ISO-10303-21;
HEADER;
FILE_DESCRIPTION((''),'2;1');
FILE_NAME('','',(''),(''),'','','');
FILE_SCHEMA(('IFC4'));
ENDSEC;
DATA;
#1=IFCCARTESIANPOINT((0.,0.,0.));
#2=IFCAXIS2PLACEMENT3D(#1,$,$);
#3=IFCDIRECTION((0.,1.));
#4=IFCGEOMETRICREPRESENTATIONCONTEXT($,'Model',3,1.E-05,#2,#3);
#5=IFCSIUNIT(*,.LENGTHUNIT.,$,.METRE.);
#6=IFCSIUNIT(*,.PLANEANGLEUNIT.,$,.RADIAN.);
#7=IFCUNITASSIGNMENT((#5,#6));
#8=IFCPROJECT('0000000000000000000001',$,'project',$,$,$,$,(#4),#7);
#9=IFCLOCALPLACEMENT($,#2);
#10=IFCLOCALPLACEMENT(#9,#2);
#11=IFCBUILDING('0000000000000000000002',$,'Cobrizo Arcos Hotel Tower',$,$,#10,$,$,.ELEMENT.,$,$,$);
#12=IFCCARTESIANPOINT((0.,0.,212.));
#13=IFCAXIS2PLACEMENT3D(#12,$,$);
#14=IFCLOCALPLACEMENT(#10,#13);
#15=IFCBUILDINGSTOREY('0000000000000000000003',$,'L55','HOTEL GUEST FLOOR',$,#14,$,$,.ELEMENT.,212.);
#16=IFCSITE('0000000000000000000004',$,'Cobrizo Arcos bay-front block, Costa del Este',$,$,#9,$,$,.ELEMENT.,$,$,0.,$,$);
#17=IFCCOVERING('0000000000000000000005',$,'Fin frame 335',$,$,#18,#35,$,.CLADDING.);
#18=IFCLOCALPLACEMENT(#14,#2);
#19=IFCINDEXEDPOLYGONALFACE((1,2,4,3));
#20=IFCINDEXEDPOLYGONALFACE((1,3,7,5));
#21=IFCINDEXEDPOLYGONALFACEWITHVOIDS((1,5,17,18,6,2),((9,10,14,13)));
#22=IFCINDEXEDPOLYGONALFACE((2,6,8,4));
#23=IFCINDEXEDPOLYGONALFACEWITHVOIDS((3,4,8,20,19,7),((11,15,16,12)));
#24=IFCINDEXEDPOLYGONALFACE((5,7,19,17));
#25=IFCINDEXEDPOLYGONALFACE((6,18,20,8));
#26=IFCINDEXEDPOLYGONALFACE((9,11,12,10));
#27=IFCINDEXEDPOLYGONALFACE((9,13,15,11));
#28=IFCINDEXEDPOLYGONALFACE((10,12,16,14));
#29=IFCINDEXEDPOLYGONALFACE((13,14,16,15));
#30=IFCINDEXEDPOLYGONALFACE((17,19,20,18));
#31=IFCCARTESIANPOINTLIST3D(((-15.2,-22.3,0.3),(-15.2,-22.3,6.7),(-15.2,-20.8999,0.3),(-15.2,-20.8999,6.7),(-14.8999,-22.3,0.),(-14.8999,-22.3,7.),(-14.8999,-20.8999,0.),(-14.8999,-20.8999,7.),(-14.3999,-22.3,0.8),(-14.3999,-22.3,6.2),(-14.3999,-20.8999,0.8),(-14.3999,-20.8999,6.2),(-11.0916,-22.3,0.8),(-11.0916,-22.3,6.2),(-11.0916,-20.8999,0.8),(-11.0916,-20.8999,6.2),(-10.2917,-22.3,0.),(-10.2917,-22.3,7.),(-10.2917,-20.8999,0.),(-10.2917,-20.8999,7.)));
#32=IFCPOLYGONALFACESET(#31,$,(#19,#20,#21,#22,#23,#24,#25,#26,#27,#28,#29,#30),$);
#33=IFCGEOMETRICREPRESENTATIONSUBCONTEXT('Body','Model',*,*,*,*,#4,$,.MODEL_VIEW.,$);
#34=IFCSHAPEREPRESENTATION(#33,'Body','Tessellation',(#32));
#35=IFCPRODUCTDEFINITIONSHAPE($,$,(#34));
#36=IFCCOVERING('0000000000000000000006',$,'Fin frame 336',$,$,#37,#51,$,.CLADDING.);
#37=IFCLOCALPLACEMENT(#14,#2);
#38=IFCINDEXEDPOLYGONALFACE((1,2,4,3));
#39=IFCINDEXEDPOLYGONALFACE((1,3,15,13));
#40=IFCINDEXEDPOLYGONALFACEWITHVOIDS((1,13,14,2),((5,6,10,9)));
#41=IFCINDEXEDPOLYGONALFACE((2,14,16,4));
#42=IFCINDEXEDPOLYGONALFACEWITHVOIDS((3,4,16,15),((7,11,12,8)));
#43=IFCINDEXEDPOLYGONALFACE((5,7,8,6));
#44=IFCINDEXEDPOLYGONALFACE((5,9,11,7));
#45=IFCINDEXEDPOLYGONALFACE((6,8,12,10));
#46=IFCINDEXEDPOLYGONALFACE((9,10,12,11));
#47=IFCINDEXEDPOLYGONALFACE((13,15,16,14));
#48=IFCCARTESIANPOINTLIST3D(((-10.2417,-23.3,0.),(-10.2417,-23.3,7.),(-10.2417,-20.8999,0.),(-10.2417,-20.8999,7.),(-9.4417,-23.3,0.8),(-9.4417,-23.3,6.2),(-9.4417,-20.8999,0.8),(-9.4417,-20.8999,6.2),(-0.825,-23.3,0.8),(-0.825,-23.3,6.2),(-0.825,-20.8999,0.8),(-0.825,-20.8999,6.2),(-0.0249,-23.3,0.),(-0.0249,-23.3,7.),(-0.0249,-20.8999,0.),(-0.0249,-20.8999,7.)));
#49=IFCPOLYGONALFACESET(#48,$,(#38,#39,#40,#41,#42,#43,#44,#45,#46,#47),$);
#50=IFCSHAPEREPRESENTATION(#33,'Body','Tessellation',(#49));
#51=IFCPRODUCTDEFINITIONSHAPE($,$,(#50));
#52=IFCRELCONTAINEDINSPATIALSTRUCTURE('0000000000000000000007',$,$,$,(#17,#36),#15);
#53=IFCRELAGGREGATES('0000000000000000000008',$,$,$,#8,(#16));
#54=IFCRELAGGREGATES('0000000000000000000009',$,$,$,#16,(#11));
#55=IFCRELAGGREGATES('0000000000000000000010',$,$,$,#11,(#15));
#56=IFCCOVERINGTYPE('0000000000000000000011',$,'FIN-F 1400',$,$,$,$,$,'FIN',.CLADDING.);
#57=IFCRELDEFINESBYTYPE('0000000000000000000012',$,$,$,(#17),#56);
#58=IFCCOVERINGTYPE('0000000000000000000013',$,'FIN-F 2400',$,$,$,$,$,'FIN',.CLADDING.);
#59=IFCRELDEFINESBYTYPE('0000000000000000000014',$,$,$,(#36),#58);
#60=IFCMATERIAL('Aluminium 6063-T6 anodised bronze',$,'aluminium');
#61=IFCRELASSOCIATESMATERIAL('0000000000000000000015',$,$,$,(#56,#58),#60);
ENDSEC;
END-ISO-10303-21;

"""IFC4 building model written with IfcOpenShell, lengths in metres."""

from ifc_helpers import new_model, si_unit, direction, frame, origin, place, context, subcontext, project, spatial, polyline, outline, extrude, material, type_object, element, save


model = new_model("IFC4")

# Units and contexts
model_context = context("Model", 3, precision=1e-05, world=origin(), true_north=direction((0.0, 1.0)))
body_context = subcontext(model_context, "Body", "Model", "MODEL_VIEW")
ifc_project = project(units=[si_unit("LENGTHUNIT", "METRE"), si_unit("PLANEANGLEUNIT", "RADIAN")], contexts=[model_context])

# Site, building, storey
site_placement = place(None, origin())
site = spatial("IfcSite", under=ifc_project, at=site_placement, Name="Cobrizo Arcos bay-front block, Costa del Este", CompositionType="ELEMENT", RefElevation=0.0)
building_placement = place(site_placement, origin())
building = spatial("IfcBuilding", under=site, at=building_placement, Name="Cobrizo Arcos Hotel Tower", CompositionType="ELEMENT")
storey_placement = place(building_placement, frame((0.0, 0.0, 212.0)))
storey = spatial("IfcBuildingStorey", under=building, at=storey_placement, Name="L55", Description="HOTEL GUEST FLOOR", CompositionType="ELEMENT", Elevation=212.0)

# Shared definitions
ifc_material_1 = material(Name="Aluminium 6063-T6 anodised bronze", Category="aluminium")

# Coverings
covering_type_1 = type_object("IfcCoveringType", Name="FIN-F 1400", ElementType="FIN", PredefinedType="CLADDING", material=ifc_material_1)
covering_1_placement = place(storey_placement, frame((-15.2, -20.8999, 0.0), z_axis=(0.0, -1.0, 0.0), x_axis=(1.0, 0.0, 0.0)))
element("IfcCovering", 1, at=covering_1_placement, inside=storey, type_object=covering_type_1, Name="Fin frame 335", PredefinedType="CLADDING", context=body_context, shape_type="SweptSolid", body=[
    extrude(outline(polyline([(0.0, 0.3), (0.3, 0.0), (4.9082, 0.0), (4.9082, 7.0), (0.3, 7.0), (0.0, 6.7), (0.0, 0.3)]), holes=[polyline([(4.1084, 0.8), (0.8, 0.8), (0.8, 6.2), (4.1084, 6.2), (4.1084, 0.8)])]), origin(), (0.0, 0.0, 1.0), 1.4001),
])
covering_type_2 = type_object("IfcCoveringType", Name="FIN-F 2400", ElementType="FIN", PredefinedType="CLADDING", material=ifc_material_1)
covering_2_placement = place(storey_placement, frame((-10.2417, -20.8999, 0.0), z_axis=(0.0, -1.0, 0.0), x_axis=(1.0, 0.0, 0.0)))
element("IfcCovering", 2, at=covering_2_placement, inside=storey, type_object=covering_type_2, Name="Fin frame 336", PredefinedType="CLADDING", context=body_context, shape_type="SweptSolid", body=[
    extrude(outline(polyline([(0.0, 7.0), (0.0, 0.0), (10.2168, 0.0), (10.2168, 7.0), (0.0, 7.0)]), holes=[polyline([(9.4167, 0.8), (0.8, 0.8), (0.8, 6.2), (9.4167, 6.2), (9.4167, 0.8)])]), origin(), (0.0, 0.0, 1.0), 2.4001),
])

save(model, "model.ifc")
